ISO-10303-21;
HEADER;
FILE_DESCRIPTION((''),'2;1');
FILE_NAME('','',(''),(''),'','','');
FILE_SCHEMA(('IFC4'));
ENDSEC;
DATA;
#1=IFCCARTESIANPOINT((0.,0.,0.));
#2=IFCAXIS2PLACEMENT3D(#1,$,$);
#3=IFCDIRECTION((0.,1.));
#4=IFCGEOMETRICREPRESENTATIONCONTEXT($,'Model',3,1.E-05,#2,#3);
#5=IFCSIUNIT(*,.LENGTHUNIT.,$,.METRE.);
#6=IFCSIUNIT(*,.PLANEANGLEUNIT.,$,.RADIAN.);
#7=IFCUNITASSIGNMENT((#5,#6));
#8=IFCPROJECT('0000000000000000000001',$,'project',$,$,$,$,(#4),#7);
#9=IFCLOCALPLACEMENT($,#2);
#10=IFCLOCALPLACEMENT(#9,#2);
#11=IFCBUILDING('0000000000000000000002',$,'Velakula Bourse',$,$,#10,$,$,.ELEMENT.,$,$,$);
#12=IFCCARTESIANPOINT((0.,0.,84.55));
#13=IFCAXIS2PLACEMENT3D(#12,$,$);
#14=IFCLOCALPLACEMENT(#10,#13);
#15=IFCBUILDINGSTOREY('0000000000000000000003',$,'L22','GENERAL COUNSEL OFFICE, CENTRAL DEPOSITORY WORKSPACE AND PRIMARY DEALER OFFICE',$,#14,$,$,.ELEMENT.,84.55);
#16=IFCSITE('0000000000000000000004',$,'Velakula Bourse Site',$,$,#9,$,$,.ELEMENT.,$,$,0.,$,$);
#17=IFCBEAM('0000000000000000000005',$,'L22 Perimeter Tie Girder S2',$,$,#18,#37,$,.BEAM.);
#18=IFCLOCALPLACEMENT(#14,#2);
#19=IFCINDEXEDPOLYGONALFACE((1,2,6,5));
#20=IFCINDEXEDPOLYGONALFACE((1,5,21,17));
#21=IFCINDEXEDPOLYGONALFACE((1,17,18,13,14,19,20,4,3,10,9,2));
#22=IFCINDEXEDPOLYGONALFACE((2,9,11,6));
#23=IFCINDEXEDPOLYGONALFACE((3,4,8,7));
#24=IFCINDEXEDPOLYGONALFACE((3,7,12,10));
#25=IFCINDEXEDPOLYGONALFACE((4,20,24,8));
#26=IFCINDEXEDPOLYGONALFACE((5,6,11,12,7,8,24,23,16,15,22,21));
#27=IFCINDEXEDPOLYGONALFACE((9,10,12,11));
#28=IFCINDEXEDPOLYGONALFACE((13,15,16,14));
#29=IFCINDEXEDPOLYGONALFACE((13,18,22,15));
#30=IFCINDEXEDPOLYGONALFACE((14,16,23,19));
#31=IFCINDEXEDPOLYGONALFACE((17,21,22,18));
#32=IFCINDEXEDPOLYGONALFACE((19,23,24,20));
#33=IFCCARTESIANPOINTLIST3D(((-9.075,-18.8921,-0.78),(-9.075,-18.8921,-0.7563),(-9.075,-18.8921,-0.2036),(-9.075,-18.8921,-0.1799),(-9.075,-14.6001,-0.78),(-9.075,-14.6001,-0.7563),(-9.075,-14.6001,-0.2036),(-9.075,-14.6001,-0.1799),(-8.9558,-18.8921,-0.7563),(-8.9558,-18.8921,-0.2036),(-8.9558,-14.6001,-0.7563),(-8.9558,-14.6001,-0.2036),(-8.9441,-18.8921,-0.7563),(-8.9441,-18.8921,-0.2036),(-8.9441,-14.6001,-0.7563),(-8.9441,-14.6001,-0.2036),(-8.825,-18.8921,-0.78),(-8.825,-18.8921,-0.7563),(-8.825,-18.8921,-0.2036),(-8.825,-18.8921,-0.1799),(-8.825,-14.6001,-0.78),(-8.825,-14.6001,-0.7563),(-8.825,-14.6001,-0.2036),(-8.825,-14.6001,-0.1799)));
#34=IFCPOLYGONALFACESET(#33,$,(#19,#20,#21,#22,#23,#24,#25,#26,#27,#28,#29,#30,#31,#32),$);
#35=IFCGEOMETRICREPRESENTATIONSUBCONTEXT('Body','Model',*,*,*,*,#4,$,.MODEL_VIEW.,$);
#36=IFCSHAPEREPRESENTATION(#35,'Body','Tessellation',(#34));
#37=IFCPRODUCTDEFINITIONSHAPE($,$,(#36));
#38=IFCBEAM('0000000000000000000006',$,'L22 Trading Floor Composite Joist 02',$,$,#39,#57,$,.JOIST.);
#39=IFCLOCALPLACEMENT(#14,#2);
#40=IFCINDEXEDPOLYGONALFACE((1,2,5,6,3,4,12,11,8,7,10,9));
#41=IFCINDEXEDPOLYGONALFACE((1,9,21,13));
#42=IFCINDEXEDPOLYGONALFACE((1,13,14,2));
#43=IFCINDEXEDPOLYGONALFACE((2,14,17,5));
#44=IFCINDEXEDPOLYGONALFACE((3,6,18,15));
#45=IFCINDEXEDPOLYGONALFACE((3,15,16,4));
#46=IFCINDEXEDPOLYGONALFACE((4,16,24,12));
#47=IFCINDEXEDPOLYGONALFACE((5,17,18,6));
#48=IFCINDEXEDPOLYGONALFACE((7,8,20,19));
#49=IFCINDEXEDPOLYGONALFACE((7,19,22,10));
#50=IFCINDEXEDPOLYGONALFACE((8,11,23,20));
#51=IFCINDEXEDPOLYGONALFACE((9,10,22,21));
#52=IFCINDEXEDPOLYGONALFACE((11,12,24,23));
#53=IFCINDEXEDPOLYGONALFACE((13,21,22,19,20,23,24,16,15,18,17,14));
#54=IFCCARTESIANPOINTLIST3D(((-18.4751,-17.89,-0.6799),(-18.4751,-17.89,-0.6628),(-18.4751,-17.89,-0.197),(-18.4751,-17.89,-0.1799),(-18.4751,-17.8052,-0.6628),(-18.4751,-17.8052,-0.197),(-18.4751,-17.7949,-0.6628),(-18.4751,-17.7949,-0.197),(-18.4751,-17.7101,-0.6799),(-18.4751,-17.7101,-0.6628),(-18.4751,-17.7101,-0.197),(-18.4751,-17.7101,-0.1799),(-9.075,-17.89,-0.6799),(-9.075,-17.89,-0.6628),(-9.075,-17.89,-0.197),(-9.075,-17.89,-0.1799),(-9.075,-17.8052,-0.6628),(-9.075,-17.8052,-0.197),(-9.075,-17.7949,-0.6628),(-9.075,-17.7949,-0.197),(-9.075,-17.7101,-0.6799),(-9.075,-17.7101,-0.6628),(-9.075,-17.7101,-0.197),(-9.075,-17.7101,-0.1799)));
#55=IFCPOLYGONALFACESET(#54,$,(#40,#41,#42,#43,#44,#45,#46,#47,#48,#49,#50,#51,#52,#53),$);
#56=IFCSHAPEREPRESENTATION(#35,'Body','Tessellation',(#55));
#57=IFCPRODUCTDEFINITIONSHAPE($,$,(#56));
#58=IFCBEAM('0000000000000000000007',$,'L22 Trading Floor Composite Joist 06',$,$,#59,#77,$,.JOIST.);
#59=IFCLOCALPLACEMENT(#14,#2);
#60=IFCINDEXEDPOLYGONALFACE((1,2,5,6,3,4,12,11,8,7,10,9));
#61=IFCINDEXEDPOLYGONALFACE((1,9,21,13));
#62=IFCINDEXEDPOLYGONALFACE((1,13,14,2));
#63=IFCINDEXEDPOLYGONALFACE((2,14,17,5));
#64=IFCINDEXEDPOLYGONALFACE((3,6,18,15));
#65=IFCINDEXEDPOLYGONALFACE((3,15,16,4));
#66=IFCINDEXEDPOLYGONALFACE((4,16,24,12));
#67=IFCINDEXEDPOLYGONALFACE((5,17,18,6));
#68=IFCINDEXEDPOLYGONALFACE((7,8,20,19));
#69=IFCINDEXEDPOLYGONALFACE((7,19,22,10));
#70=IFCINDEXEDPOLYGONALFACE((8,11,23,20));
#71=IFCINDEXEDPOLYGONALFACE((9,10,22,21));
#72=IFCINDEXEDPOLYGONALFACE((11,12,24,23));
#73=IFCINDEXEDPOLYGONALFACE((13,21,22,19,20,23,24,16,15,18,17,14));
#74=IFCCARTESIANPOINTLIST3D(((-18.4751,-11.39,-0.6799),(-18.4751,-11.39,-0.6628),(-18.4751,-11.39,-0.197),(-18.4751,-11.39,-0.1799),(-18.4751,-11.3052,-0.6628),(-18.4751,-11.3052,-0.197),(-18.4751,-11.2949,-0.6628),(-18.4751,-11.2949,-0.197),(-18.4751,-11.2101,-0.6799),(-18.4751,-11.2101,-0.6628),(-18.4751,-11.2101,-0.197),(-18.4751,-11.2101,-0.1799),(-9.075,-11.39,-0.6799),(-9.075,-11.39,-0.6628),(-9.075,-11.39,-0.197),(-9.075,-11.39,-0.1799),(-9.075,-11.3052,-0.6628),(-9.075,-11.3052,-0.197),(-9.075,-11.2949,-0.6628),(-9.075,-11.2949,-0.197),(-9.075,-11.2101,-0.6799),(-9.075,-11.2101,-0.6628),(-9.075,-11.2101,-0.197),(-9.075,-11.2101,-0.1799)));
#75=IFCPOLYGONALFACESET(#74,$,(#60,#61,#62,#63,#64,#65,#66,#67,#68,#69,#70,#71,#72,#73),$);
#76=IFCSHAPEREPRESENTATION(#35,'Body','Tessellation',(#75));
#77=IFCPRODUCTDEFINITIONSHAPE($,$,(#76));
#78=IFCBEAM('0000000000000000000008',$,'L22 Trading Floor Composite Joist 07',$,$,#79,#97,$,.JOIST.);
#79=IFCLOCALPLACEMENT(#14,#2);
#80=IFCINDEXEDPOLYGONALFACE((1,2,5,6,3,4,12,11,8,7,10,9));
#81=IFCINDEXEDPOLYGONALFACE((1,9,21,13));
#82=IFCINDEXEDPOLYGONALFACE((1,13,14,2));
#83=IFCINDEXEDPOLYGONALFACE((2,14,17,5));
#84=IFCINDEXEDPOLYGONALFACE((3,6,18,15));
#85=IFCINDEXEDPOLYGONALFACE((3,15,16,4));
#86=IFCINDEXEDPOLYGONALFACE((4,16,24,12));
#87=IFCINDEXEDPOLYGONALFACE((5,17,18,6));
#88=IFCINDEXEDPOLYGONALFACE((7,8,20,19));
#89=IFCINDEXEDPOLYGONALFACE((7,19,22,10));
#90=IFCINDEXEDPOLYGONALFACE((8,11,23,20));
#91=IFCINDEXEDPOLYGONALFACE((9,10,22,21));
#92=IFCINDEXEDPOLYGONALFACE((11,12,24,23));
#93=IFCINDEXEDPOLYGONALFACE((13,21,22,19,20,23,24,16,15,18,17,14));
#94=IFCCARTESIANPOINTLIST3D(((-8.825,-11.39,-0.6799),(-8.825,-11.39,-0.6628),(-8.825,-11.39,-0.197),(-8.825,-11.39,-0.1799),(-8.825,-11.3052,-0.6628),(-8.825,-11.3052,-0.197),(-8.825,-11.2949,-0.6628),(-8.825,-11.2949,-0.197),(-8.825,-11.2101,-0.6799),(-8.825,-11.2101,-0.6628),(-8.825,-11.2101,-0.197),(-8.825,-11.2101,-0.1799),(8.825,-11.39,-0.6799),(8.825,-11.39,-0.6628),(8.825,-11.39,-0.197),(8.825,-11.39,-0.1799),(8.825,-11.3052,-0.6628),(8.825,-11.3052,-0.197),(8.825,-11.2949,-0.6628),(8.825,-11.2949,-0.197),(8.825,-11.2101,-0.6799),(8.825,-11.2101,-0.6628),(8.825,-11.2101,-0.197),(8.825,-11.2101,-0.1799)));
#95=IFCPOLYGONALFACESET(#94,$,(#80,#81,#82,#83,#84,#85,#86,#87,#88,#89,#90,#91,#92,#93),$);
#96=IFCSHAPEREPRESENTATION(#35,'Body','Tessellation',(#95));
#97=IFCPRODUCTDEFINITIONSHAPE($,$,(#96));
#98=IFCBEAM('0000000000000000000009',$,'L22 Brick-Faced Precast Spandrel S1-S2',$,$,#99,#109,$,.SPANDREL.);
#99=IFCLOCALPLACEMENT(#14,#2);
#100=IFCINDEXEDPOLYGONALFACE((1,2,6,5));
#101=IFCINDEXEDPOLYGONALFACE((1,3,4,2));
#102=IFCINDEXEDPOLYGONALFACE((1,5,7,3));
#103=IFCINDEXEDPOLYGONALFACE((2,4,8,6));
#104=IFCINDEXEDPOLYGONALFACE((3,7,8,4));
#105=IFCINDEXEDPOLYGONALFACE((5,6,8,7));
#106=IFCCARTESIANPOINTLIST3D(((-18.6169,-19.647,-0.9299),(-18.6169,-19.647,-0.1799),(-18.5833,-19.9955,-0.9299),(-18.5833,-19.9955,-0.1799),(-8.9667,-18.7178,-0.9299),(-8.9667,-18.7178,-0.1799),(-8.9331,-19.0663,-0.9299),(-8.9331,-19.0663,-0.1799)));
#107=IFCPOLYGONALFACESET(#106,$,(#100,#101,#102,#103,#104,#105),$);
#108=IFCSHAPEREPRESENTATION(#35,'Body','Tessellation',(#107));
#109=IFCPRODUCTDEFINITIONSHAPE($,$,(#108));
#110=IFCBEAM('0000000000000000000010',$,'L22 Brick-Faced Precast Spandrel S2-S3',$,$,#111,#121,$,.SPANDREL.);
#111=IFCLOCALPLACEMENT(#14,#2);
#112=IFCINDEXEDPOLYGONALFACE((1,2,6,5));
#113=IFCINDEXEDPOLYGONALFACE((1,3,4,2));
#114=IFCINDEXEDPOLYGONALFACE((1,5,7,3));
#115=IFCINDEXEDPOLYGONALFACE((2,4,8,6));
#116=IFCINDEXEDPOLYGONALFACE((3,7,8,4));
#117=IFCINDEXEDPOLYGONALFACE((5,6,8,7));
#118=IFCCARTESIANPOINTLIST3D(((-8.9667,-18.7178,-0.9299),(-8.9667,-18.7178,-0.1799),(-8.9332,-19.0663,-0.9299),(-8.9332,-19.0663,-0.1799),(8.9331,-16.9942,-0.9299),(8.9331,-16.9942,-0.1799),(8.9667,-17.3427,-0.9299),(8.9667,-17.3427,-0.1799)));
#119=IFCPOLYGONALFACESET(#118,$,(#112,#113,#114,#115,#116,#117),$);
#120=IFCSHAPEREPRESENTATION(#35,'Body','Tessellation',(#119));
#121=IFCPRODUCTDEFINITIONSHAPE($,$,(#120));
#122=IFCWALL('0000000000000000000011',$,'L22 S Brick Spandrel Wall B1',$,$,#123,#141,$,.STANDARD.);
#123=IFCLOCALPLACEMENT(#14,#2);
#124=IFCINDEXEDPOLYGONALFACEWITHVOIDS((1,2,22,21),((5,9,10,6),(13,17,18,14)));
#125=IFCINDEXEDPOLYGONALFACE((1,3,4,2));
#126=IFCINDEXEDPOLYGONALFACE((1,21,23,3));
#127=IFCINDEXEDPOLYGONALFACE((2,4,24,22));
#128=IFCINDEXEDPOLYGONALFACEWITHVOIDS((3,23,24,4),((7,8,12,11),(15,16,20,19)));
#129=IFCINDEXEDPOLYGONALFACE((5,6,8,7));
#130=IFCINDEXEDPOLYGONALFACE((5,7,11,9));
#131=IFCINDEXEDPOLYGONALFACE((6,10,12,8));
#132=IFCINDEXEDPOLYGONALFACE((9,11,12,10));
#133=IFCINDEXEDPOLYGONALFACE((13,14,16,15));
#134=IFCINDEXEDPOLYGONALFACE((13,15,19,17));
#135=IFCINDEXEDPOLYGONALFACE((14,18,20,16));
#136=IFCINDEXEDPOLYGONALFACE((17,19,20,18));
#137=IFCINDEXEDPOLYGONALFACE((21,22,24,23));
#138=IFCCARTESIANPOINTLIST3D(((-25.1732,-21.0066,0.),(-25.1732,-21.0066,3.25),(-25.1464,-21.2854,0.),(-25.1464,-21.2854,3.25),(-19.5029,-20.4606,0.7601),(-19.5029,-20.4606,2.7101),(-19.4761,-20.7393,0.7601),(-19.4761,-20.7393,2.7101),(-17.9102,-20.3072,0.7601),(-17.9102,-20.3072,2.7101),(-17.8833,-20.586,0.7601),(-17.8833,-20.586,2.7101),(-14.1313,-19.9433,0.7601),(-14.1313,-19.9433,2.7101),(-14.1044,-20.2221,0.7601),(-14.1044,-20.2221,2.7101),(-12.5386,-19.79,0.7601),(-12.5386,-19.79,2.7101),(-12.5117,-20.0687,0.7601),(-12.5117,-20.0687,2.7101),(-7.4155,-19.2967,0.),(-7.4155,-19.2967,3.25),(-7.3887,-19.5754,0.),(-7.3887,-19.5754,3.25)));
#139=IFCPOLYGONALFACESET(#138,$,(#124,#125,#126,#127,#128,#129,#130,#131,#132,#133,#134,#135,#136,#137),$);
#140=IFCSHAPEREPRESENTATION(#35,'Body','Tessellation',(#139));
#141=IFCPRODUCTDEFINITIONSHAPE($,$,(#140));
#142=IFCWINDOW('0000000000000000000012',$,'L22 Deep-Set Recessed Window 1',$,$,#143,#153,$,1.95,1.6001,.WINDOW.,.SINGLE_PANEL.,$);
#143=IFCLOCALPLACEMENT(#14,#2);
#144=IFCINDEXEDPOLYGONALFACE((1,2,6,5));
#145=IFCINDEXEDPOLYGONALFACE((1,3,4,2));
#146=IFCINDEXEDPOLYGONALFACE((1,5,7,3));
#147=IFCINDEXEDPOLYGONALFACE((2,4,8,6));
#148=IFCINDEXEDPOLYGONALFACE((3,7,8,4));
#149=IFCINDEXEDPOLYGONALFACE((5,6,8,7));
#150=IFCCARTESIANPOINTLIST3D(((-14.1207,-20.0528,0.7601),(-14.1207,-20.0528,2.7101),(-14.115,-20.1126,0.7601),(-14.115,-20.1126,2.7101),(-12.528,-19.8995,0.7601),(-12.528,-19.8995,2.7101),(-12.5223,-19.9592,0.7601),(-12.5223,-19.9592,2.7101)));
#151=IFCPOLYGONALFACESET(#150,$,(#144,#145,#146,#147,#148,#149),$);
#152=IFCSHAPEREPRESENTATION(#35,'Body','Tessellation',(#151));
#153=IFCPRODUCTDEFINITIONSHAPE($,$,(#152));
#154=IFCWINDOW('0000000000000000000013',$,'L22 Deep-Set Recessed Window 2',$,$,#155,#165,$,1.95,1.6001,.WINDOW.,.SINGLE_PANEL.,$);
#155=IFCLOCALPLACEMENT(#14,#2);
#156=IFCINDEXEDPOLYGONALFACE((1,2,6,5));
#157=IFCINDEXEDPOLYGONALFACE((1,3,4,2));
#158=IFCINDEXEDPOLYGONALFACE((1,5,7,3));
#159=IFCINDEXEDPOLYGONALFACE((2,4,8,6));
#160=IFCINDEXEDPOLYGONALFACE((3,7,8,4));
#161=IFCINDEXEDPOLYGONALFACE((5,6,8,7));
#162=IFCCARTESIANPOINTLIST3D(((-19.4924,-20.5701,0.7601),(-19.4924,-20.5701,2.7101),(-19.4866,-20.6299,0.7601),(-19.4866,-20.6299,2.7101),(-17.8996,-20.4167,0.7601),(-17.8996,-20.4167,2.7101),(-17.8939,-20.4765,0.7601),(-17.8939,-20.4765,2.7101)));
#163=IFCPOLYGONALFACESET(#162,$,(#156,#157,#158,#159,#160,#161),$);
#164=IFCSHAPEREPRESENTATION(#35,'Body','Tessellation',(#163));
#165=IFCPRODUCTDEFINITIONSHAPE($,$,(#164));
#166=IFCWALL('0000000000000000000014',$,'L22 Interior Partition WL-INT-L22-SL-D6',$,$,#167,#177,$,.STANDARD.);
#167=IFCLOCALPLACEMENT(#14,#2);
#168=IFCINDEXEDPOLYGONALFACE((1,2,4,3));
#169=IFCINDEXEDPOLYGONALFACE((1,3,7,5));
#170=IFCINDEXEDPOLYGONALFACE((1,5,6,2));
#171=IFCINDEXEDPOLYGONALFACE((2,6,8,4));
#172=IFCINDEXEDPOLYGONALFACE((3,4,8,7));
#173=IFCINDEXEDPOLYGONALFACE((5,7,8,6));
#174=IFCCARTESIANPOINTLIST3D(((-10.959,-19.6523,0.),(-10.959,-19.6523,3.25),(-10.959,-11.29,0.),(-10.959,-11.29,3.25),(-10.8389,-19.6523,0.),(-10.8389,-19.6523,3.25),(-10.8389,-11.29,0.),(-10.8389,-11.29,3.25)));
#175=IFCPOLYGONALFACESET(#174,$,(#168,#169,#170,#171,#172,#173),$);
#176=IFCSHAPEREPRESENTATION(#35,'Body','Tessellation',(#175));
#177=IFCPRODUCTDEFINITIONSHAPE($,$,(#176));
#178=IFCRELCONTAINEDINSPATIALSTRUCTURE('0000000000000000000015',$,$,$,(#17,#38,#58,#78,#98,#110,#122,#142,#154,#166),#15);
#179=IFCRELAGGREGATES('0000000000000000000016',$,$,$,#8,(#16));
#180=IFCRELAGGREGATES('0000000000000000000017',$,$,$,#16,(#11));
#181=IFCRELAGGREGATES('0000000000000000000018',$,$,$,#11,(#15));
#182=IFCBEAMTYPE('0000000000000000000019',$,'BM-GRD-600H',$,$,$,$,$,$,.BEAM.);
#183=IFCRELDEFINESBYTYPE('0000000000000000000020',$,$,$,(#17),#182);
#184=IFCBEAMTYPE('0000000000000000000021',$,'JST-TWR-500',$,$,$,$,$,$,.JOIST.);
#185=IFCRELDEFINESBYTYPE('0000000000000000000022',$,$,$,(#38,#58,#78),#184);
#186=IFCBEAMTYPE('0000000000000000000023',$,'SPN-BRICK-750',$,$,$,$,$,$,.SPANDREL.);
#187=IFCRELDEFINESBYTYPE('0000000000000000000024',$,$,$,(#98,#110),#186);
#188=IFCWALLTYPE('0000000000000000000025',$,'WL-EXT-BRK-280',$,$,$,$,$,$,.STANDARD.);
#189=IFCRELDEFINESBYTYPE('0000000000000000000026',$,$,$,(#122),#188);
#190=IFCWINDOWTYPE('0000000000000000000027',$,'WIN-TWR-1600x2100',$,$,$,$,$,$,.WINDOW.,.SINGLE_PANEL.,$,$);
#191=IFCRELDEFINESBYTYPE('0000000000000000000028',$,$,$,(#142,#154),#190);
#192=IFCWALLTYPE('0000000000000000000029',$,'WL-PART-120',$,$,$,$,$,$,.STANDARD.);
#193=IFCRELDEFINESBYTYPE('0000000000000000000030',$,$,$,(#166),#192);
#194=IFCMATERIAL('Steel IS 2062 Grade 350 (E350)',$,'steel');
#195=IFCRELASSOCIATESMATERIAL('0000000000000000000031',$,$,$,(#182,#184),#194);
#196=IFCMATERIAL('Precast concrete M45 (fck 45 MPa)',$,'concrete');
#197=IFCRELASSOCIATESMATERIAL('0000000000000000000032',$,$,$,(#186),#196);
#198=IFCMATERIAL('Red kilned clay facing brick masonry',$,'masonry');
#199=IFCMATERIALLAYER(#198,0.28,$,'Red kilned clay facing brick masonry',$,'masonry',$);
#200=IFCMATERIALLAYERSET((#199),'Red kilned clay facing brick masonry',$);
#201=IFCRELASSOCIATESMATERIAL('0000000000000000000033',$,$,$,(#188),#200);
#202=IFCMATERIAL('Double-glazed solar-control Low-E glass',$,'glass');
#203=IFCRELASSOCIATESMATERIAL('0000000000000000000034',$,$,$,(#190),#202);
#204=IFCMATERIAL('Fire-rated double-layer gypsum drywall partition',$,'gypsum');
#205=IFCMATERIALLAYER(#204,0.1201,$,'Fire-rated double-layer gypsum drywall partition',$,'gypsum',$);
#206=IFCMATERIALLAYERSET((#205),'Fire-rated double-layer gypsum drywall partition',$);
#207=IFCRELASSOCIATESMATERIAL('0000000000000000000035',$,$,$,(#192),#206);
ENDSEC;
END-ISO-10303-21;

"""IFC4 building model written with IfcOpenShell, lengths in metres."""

from ifc_helpers import new_model, si_unit, direction, frame, frame_2d, origin, origin_2d, place, context, subcontext, project, spatial, rectangle, i_section, extrude, material, layer, layer_set, material_profile, profile_set, type_object, element, fill, save


model = new_model("IFC4")

# Units and contexts
model_context = context("Model", 3, precision=1e-05, world=origin(), true_north=direction((0.0, 1.0)))
body_context = subcontext(model_context, "Body", "Model", "MODEL_VIEW")
ifc_project = project(units=[si_unit("LENGTHUNIT", "METRE"), si_unit("PLANEANGLEUNIT", "RADIAN")], contexts=[model_context])

# Site, building, storey
site_placement = place(None, origin())
site = spatial("IfcSite", under=ifc_project, at=site_placement, Name="Velakula Bourse Site", CompositionType="ELEMENT", RefElevation=0.0)
building_placement = place(site_placement, origin())
building = spatial("IfcBuilding", under=site, at=building_placement, Name="Velakula Bourse", CompositionType="ELEMENT")
storey_placement = place(building_placement, frame((0.0, 0.0, 84.55)))
storey = spatial("IfcBuildingStorey", under=building, at=storey_placement, Name="L22", Description="GENERAL COUNSEL OFFICE, CENTRAL DEPOSITORY WORKSPACE AND PRIMARY DEALER OFFICE", CompositionType="ELEMENT", Elevation=84.55)

# Beams
ifc_material_1 = material(Name="Steel IS 2062 Grade 350 (E350)", Category="steel")
ifc_material_profile_1 = material_profile(ifc_material_1, i_section(OverallWidth=0.25, OverallDepth=0.6001, WebThickness=0.0117, FlangeThickness=0.0237, at=origin_2d()), Name="Steel IS 2062 Grade 350 (E350)")
ifc_profile_set_1 = profile_set([ifc_material_profile_1], Name="Steel IS 2062 Grade 350 (E350)")
beam_type_1 = type_object("IfcBeamType", Name="BM-GRD-600H", PredefinedType="BEAM", material=ifc_profile_set_1)
beam_1_placement = place(storey_placement, frame((-8.95, -14.6001, -0.48), z_axis=(0.0, -1.0, 0.0), x_axis=(1.0, 0.0, 0.0)))
element("IfcBeam", 1, at=beam_1_placement, inside=storey, type_object=beam_type_1, Name="L22 Perimeter Tie Girder S2", PredefinedType="BEAM", context=body_context, shape_type="SweptSolid", body=[
    extrude(i_section(OverallWidth=0.25, OverallDepth=0.6001, WebThickness=0.0117, FlangeThickness=0.0237, at=origin_2d()), origin(), (0.0, 0.0, 1.0), 4.292),
])
ifc_material_profile_2 = material_profile(ifc_material_1, i_section(OverallWidth=0.1799, OverallDepth=0.5, WebThickness=0.0103, FlangeThickness=0.0171, at=origin_2d()), Name="Steel IS 2062 Grade 350 (E350)")
ifc_profile_set_2 = profile_set([ifc_material_profile_2], Name="Steel IS 2062 Grade 350 (E350)")
beam_type_2 = type_object("IfcBeamType", Name="JST-TWR-500", PredefinedType="JOIST", material=ifc_profile_set_2)
for number, where, z_axis, x_axis, name in (
    (2, (-18.4751, -17.8, -0.4299), (1.0, 0.0, 0.0), (0.0, 1.0, 0.0), "L22 Trading Floor Composite Joist 02"),
    (3, (-18.4751, -11.3, -0.4299), (1.0, 0.0, 0.0), (0.0, 1.0, 0.0), "L22 Trading Floor Composite Joist 06"),
):
    element("IfcBeam", number, at=place(storey_placement, frame(where, z_axis=z_axis, x_axis=x_axis)), inside=storey, type_object=beam_type_2, Name=name, PredefinedType="JOIST", context=body_context, shape_type="SweptSolid", body=[
        extrude(i_section(OverallWidth=0.1799, OverallDepth=0.5, WebThickness=0.0103, FlangeThickness=0.0171, at=origin_2d()), origin(), (0.0, 0.0, 1.0), 9.4001),
    ])
beam_2_placement = place(storey_placement, frame((-8.825, -11.3, -0.4299), z_axis=(1.0, 0.0, 0.0), x_axis=(0.0, 1.0, 0.0)))
element("IfcBeam", 4, at=beam_2_placement, inside=storey, type_object=beam_type_2, Name="L22 Trading Floor Composite Joist 07", PredefinedType="JOIST", context=body_context, shape_type="SweptSolid", body=[
    extrude(i_section(OverallWidth=0.1799, OverallDepth=0.5, WebThickness=0.0103, FlangeThickness=0.0171, at=origin_2d()), origin(), (0.0, 0.0, 1.0), 17.6499),
])
ifc_material_2 = material(Name="Precast concrete M45 (fck 45 MPa)", Category="concrete")
ifc_material_profile_3 = material_profile(ifc_material_2, rectangle(XDim=0.3501, YDim=0.75, at=origin_2d()), Name="Precast concrete M45 (fck 45 MPa)")
ifc_profile_set_3 = profile_set([ifc_material_profile_3], Name="Precast concrete M45 (fck 45 MPa)")
beam_type_3 = type_object("IfcBeamType", Name="SPN-BRICK-750", PredefinedType="SPANDREL", material=ifc_profile_set_3)
beam_3_placement = place(storey_placement, frame((-18.6001, -19.8213, -0.5549), z_axis=(0.995396, 0.095845, 0.0), x_axis=(-0.095845, 0.995396, 0.0)))
element("IfcBeam", 5, at=beam_3_placement, inside=storey, type_object=beam_type_3, Name="L22 Brick-Faced Precast Spandrel S1-S2", PredefinedType="SPANDREL", context=body_context, shape_type="SweptSolid", body=[
    extrude(rectangle(XDim=0.3501, YDim=0.75, at=origin_2d()), origin(), (0.0, 0.0, 1.0), 9.6948),
])
beam_4_placement = place(storey_placement, frame((-8.95, -18.8921, -0.5549), z_axis=(0.995396, 0.09585, 0.0), x_axis=(-0.09585, 0.995396, 0.0)))
element("IfcBeam", 6, at=beam_4_placement, inside=storey, type_object=beam_type_3, Name="L22 Brick-Faced Precast Spandrel S2-S3", PredefinedType="SPANDREL", context=body_context, shape_type="SweptSolid", body=[
    extrude(rectangle(XDim=0.3501, YDim=0.75, at=origin_2d()), origin(), (0.0, 0.0, 1.0), 17.9827),
])

# Wall, openings, windows
ifc_material_3 = material(Name="Red kilned clay facing brick masonry", Category="masonry")
ifc_layer_1 = layer(ifc_material_3, 0.28, Name="Red kilned clay facing brick masonry", Category="masonry")
ifc_layer_set_1 = layer_set([ifc_layer_1], Name="Red kilned clay facing brick masonry")
wall_type_1 = type_object("IfcWallType", Name="WL-EXT-BRK-280", PredefinedType="STANDARD", material=ifc_layer_set_1)
wall_1_placement = place(storey_placement, frame((-7.4021, -19.436, 0.0), z_axis=(0.0, 0.0, 1.0), x_axis=(-0.995396, -0.09585, 0.0)))
wall_1 = element("IfcWall", 7, at=wall_1_placement, inside=storey, type_object=wall_type_1, Name="L22 S Brick Spandrel Wall B1", PredefinedType="STANDARD", context=body_context, shape_type="SweptSolid", body=[
    extrude(rectangle(XDim=17.8398, YDim=0.28, at=frame_2d((8.9199, 0.0))), origin(), (0.0, 0.0, 1.0), 3.25),
])
opening_1_placement = place(wall_1_placement, frame((5.1467, 0.0, 0.76)))
opening_1 = element("IfcOpeningElement", 8, at=opening_1_placement, cuts=wall_1, PredefinedType="OPENING", context=body_context, shape_type="SweptSolid", body=[
    extrude(rectangle(XDim=1.6001, YDim=1.95, at=frame_2d((0.8, 0.9751))), frame((0.0, 0.1499, 0.0), z_axis=(0.0, -1.0, 0.0), x_axis=(1.0, 0.0, 0.0)), (0.0, 0.0, 1.0), 0.3),
])
opening_2_placement = place(wall_1_placement, frame((10.5432, 0.0, 0.76)))
opening_2 = element("IfcOpeningElement", 9, at=opening_2_placement, cuts=wall_1, PredefinedType="OPENING", context=body_context, shape_type="SweptSolid", body=[
    extrude(rectangle(XDim=1.6001, YDim=1.95, at=frame_2d((0.8, 0.9751))), frame((0.0, 0.1499, 0.0), z_axis=(0.0, -1.0, 0.0), x_axis=(1.0, 0.0, 0.0)), (0.0, 0.0, 1.0), 0.3),
])
ifc_material_4 = material(Name="Double-glazed solar-control Low-E glass", Category="glass")
window_type = type_object("IfcWindowType", Name="WIN-TWR-1600x2100", PartitioningType="SINGLE_PANEL", PredefinedType="WINDOW", material=ifc_material_4)
window_1_placement = place(opening_1_placement, origin())
window_1 = element("IfcWindow", 10, at=window_1_placement, inside=storey, type_object=window_type, Name="L22 Deep-Set Recessed Window 1", OverallHeight=1.95, OverallWidth=1.6001, PartitioningType="SINGLE_PANEL", PredefinedType="WINDOW", context=body_context, shape_type="SweptSolid", body=[
    extrude(rectangle(XDim=1.6001, YDim=1.95, at=frame_2d((0.8, 0.9751))), frame((0.0, 0.03, 0.0), z_axis=(0.0, -1.0, 0.0), x_axis=(1.0, 0.0, 0.0)), (0.0, 0.0, 1.0), 0.0601),
])
fill(opening_1, window_1)
window_2_placement = place(opening_2_placement, origin())
window_2 = element("IfcWindow", 11, at=window_2_placement, inside=storey, type_object=window_type, Name="L22 Deep-Set Recessed Window 2", OverallHeight=1.95, OverallWidth=1.6001, PartitioningType="SINGLE_PANEL", PredefinedType="WINDOW", context=body_context, shape_type="SweptSolid", body=[
    extrude(rectangle(XDim=1.6001, YDim=1.95, at=frame_2d((0.8, 0.9751))), frame((0.0, 0.03, 0.0), z_axis=(0.0, -1.0, 0.0), x_axis=(1.0, 0.0, 0.0)), (0.0, 0.0, 1.0), 0.0601),
])
fill(opening_2, window_2)

# Wall
ifc_material_5 = material(Name="Fire-rated double-layer gypsum drywall partition", Category="gypsum")
ifc_layer_2 = layer(ifc_material_5, 0.1201, Name="Fire-rated double-layer gypsum drywall partition", Category="gypsum")
ifc_layer_set_2 = layer_set([ifc_layer_2], Name="Fire-rated double-layer gypsum drywall partition")
wall_type_2 = type_object("IfcWallType", Name="WL-PART-120", PredefinedType="STANDARD", material=ifc_layer_set_2)
wall_2_placement = place(storey_placement, frame((-10.8989, -19.6523, 0.0), z_axis=(0.0, 0.0, 1.0), x_axis=(0.0, 1.0, 0.0)))
element("IfcWall", 12, at=wall_2_placement, inside=storey, type_object=wall_type_2, Name="L22 Interior Partition WL-INT-L22-SL-D6", PredefinedType="STANDARD", context=body_context, shape_type="SweptSolid", body=[
    extrude(rectangle(XDim=8.3623, YDim=0.1201, at=frame_2d((4.1812, 0.0))), origin(), (0.0, 0.0, 1.0), 3.25),
])

save(model, "model.ifc")
